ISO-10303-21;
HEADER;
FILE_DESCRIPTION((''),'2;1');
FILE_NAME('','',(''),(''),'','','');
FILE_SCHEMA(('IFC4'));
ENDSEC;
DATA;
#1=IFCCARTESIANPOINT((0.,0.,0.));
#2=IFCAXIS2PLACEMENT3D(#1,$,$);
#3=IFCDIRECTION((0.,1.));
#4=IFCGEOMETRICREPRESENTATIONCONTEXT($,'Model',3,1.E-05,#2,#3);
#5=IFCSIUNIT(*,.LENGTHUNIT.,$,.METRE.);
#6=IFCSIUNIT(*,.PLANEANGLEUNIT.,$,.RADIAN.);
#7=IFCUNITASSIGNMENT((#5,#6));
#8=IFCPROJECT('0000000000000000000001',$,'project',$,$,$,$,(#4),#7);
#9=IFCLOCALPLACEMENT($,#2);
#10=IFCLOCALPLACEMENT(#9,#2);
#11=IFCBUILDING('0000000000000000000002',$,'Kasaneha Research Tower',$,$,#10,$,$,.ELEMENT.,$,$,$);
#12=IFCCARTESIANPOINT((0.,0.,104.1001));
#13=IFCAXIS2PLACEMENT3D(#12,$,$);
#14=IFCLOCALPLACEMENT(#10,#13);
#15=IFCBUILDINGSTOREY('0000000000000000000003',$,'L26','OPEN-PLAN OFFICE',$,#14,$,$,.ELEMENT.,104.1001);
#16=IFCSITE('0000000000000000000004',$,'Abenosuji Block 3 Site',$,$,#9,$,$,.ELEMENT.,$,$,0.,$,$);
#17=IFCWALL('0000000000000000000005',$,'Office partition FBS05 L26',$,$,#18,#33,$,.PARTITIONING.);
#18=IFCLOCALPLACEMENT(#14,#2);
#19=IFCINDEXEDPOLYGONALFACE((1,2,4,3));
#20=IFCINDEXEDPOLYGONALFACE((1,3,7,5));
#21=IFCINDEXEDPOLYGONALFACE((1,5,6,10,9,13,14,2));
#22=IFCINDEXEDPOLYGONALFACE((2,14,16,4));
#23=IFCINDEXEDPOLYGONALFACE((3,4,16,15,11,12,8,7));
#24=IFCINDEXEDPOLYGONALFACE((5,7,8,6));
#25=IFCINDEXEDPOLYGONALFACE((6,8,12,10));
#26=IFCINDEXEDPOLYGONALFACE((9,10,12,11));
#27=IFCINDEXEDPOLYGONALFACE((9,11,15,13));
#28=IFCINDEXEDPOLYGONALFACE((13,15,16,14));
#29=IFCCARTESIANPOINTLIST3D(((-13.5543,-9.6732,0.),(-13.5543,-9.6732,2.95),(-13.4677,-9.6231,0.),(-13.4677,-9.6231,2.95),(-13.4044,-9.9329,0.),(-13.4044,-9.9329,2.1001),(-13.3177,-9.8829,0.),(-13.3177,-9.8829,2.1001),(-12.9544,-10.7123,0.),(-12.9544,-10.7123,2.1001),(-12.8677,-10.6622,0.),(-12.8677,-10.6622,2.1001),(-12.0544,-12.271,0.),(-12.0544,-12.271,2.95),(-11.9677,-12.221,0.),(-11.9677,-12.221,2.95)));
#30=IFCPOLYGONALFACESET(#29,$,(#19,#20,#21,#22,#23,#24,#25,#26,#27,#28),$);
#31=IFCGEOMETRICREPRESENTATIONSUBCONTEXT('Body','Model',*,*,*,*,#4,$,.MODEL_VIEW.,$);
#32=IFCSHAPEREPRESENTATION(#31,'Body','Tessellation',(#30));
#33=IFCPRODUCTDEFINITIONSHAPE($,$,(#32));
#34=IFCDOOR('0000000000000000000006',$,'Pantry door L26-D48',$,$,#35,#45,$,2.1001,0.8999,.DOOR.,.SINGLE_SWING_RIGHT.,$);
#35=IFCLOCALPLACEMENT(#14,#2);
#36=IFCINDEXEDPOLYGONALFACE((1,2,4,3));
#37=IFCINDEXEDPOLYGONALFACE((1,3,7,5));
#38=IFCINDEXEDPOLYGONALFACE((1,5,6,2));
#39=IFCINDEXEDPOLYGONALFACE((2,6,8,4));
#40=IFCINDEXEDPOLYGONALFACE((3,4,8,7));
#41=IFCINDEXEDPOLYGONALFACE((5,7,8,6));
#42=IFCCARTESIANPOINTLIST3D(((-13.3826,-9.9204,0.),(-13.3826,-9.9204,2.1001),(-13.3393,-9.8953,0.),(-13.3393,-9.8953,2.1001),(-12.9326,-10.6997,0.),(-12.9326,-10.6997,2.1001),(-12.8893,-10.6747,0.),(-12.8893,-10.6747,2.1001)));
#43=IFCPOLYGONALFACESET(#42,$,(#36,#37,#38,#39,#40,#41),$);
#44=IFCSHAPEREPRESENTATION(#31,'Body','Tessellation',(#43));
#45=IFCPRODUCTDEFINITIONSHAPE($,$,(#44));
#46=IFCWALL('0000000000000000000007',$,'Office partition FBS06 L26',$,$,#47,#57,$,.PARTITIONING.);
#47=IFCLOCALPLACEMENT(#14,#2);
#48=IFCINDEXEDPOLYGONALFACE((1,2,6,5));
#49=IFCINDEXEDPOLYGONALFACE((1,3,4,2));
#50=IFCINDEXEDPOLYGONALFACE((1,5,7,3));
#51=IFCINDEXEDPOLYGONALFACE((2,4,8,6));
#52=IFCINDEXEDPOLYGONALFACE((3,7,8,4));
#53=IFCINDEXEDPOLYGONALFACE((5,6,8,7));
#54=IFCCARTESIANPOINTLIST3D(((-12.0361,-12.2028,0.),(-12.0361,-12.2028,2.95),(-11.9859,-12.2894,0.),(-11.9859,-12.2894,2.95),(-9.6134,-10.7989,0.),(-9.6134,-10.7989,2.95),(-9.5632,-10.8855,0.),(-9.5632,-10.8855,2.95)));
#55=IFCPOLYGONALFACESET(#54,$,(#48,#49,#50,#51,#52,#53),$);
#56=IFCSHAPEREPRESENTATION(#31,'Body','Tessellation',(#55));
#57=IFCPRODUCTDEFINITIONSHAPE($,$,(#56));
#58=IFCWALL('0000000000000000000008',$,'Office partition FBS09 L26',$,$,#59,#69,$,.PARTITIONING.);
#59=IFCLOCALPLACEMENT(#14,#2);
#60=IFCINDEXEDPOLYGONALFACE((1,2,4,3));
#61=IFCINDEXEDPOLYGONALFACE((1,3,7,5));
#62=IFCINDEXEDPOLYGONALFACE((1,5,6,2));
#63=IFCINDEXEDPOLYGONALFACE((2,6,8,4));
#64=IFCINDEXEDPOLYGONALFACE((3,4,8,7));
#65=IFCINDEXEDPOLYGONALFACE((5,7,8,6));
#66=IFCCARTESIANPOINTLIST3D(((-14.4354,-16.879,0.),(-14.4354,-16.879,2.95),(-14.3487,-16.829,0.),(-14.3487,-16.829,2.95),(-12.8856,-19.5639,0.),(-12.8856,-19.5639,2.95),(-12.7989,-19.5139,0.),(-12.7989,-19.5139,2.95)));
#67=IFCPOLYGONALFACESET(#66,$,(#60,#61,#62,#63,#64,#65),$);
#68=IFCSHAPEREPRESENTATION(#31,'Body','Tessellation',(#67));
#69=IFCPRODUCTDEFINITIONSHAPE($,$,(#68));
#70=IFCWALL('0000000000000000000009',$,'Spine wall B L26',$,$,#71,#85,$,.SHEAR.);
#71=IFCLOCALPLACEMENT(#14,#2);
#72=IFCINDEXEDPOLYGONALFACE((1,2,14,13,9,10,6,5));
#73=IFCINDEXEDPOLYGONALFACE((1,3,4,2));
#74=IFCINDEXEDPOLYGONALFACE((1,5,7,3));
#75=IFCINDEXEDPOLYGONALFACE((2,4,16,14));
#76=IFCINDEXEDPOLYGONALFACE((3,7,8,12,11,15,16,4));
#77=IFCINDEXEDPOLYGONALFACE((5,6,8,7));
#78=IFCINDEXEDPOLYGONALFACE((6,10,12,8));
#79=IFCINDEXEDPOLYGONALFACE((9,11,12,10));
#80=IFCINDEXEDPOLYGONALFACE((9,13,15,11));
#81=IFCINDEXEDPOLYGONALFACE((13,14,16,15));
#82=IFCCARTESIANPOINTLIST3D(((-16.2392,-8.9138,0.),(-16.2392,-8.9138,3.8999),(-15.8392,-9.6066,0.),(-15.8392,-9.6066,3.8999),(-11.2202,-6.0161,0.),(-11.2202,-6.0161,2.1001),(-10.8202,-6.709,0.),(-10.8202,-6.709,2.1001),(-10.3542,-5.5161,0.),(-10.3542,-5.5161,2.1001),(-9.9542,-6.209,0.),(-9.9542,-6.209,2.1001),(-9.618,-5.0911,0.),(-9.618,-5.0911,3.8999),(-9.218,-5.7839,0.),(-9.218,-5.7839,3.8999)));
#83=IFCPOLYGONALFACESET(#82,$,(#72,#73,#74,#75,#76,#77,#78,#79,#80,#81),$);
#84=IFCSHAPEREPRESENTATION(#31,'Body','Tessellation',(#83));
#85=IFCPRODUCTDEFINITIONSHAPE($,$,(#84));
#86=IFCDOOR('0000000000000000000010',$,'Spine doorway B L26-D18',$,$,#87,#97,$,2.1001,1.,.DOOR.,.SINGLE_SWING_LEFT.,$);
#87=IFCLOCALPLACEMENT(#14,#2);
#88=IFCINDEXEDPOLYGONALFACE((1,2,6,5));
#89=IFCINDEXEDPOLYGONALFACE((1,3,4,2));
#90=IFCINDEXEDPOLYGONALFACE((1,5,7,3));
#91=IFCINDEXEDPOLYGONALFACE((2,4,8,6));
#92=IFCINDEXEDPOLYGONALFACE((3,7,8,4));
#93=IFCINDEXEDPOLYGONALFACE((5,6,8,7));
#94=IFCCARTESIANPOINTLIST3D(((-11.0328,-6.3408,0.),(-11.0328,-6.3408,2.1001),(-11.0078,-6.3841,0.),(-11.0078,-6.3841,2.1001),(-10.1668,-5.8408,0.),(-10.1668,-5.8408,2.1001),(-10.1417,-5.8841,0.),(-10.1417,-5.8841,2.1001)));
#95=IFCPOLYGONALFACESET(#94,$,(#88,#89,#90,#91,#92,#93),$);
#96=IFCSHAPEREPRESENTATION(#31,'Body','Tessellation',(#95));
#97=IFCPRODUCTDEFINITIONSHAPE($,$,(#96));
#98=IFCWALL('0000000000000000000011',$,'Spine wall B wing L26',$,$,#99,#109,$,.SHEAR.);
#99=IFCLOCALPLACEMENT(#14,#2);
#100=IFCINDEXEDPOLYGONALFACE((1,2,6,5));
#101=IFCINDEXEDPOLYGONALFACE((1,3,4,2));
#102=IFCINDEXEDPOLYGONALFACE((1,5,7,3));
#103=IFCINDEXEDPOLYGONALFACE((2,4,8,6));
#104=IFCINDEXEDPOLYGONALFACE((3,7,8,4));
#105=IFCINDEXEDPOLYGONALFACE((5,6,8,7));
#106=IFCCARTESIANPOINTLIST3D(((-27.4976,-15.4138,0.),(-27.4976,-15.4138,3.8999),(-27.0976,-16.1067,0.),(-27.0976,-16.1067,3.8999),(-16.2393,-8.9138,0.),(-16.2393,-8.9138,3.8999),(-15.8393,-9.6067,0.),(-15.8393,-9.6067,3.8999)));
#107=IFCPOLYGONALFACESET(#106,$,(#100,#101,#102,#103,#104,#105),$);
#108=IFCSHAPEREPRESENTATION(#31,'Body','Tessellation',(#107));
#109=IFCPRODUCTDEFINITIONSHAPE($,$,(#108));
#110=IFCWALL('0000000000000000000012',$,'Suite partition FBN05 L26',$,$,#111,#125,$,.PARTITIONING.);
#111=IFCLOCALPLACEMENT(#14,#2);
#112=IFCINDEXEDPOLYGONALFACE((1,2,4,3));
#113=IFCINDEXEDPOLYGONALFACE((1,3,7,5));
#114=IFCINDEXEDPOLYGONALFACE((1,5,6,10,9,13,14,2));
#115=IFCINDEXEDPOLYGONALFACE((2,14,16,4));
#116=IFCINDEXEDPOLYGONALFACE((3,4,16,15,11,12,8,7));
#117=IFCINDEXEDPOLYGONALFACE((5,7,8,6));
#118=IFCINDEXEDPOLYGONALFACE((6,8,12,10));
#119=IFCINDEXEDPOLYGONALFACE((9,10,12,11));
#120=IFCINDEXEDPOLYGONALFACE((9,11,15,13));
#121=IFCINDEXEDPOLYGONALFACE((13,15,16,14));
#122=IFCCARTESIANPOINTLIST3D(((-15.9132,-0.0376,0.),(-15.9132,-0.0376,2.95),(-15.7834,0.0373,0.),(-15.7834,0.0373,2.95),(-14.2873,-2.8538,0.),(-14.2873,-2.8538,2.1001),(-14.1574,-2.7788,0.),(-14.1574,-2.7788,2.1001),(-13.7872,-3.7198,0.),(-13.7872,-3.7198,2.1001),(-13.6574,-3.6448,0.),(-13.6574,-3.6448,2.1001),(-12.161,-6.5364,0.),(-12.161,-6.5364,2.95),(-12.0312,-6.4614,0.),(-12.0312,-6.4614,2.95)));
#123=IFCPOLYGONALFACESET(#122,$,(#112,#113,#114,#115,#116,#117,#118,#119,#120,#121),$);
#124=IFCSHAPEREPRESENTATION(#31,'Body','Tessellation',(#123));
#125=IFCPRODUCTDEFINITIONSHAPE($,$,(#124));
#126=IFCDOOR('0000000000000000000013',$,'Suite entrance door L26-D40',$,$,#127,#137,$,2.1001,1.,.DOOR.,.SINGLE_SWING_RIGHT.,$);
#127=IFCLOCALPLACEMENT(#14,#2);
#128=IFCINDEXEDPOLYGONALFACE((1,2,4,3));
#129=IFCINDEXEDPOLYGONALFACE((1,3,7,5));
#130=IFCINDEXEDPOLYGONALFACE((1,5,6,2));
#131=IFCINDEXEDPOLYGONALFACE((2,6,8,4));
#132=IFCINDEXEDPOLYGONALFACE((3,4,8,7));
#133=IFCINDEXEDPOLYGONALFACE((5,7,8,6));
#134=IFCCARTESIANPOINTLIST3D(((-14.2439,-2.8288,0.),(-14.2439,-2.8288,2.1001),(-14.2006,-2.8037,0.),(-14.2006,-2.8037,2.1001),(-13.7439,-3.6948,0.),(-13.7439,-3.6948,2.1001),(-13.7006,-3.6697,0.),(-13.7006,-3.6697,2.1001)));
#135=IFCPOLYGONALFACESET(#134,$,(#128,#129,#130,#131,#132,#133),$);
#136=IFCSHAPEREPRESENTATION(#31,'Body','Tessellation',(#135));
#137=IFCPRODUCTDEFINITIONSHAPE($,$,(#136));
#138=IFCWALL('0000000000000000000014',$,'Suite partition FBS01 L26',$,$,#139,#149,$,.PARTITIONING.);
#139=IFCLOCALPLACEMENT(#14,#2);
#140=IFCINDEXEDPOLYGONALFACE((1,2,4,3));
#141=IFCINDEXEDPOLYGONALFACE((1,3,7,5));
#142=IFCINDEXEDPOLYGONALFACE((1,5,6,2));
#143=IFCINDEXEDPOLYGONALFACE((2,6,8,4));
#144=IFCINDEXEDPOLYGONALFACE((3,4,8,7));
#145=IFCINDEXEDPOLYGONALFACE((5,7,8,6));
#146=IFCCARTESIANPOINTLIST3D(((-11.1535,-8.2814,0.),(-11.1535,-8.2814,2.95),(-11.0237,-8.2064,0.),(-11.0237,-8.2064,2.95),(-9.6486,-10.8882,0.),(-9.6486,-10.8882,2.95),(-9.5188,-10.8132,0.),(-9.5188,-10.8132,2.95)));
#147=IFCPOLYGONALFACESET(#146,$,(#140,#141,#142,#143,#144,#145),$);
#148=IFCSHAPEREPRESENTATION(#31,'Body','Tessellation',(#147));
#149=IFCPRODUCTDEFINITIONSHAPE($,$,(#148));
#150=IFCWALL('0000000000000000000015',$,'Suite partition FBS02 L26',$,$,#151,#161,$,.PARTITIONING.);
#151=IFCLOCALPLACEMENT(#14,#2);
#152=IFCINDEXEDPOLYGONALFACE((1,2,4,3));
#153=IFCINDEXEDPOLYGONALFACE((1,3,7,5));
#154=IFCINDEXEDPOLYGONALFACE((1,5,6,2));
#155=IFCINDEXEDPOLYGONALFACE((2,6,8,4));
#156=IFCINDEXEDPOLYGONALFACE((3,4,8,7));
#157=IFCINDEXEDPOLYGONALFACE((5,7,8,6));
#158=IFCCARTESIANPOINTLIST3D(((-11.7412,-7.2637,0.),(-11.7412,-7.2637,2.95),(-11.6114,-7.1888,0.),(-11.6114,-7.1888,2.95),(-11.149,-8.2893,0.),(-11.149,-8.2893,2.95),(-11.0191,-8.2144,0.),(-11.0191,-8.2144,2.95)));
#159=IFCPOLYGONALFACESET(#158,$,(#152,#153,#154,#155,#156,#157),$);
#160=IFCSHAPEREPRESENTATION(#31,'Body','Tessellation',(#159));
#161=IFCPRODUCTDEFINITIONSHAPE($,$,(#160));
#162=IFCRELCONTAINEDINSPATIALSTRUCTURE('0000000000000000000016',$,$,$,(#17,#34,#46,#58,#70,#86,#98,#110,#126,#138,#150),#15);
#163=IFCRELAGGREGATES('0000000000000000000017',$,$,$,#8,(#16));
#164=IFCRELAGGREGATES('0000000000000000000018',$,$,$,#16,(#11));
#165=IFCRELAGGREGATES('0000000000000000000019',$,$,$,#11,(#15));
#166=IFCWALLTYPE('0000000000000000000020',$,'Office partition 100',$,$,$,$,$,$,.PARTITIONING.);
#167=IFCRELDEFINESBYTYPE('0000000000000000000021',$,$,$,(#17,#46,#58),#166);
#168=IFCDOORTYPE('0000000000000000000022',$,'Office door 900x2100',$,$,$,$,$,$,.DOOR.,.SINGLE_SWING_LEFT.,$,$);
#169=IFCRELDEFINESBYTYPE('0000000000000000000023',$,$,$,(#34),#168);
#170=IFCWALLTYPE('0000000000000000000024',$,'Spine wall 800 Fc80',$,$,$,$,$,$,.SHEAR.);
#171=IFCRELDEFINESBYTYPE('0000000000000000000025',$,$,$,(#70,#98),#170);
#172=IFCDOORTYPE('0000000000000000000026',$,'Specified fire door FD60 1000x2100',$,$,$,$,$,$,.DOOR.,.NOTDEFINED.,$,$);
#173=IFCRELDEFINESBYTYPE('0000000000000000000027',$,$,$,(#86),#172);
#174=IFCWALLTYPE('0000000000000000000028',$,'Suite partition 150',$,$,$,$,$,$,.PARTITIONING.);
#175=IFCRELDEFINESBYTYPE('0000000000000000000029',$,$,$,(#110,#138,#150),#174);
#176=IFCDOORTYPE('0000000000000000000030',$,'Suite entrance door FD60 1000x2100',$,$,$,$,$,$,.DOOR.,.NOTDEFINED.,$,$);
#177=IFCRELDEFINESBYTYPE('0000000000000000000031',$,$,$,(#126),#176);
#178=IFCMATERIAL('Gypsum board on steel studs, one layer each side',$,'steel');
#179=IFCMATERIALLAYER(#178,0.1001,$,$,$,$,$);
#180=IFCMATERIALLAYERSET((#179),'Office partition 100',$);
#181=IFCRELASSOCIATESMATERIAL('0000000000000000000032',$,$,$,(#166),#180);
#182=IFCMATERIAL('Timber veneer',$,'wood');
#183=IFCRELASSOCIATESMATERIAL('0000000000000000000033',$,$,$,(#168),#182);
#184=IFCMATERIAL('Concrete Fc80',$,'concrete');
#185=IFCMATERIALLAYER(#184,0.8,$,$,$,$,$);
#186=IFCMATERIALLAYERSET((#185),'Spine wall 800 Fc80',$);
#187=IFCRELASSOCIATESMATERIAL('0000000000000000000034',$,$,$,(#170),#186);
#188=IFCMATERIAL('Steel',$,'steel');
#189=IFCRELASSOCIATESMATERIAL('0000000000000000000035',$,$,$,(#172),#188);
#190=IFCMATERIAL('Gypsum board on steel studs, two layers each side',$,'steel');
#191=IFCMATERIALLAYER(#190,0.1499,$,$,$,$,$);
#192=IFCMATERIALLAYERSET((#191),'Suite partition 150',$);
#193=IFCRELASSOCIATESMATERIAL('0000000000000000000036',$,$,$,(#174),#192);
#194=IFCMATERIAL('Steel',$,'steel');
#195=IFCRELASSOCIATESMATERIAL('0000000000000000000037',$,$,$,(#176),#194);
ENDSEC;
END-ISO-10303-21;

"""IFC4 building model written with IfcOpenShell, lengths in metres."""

from ifc_helpers import new_model, si_unit, direction, frame, frame_2d, origin, place, context, subcontext, project, spatial, rectangle, extrude, material, layer, layer_set, type_object, element, fill, save


model = new_model("IFC4")

# Units and contexts
model_context = context("Model", 3, precision=1e-05, world=origin(), true_north=direction((0.0, 1.0)))
body_context = subcontext(model_context, "Body", "Model", "MODEL_VIEW")
ifc_project = project(units=[si_unit("LENGTHUNIT", "METRE"), si_unit("PLANEANGLEUNIT", "RADIAN")], contexts=[model_context])

# Site, building, storey
site_placement = place(None, origin())
site = spatial("IfcSite", under=ifc_project, at=site_placement, Name="Abenosuji Block 3 Site", CompositionType="ELEMENT", RefElevation=0.0)
building_placement = place(site_placement, origin())
building = spatial("IfcBuilding", under=site, at=building_placement, Name="Kasaneha Research Tower", CompositionType="ELEMENT")
storey_placement = place(building_placement, frame((0.0, 0.0, 104.1001)))
storey = spatial("IfcBuildingStorey", under=building, at=storey_placement, Name="L26", Description="OPEN-PLAN OFFICE", CompositionType="ELEMENT", Elevation=104.1001)

# Shared definitions
ifc_material_1 = material(Name="Gypsum board on steel studs, one layer each side", Category="steel")
ifc_layer_1 = layer(ifc_material_1, 0.1001)
ifc_layer_set_1 = layer_set([ifc_layer_1], Name="Office partition 100")
wall_type_1 = type_object("IfcWallType", Name="Office partition 100", PredefinedType="PARTITIONING", material=ifc_layer_set_1)

# Wall, opening, door
wall_1_placement = place(storey_placement, frame((-12.011, -12.2461, 0.0), z_axis=(0.0, 0.0, 1.0), x_axis=(-0.500025, 0.866011, 0.0)))
wall_1 = element("IfcWall", 1, at=wall_1_placement, inside=storey, type_object=wall_type_1, Name="Office partition FBS05 L26", PredefinedType="PARTITIONING", context=body_context, shape_type="SweptSolid", body=[
    extrude(rectangle(XDim=2.9998, YDim=0.1001, at=frame_2d((1.5, 0.0))), origin(), (0.0, 0.0, 1.0), 2.95),
])
opening_1_placement = place(wall_1_placement, frame((1.8, 0.0, 0.0)))
opening_1 = element("IfcOpeningElement", 2, at=opening_1_placement, cuts=wall_1, PredefinedType="OPENING", context=body_context, shape_type="SweptSolid", body=[
    extrude(rectangle(XDim=0.8999, YDim=2.1001, at=frame_2d((0.45, 1.05))), frame((0.0, 0.0601, 0.0), z_axis=(0.0, -1.0, 0.0), x_axis=(1.0, 0.0, 0.0)), (0.0, 0.0, 1.0), 0.1201),
])
ifc_material_2 = material(Name="Timber veneer", Category="wood")
door_type_1 = type_object("IfcDoorType", Name="Office door 900x2100", OperationType="SINGLE_SWING_LEFT", PredefinedType="DOOR", material=ifc_material_2)
door_1_placement = place(opening_1_placement, origin())
door_1 = element("IfcDoor", 3, at=door_1_placement, inside=storey, type_object=door_type_1, Name="Pantry door L26-D48", OperationType="SINGLE_SWING_RIGHT", OverallHeight=2.1001, OverallWidth=0.8999, PredefinedType="DOOR", context=body_context, shape_type="SweptSolid", body=[
    extrude(rectangle(XDim=0.8999, YDim=2.1001, at=frame_2d((0.45, 1.05))), frame((0.0, 0.0249, 0.0), z_axis=(0.0, -1.0, 0.0), x_axis=(1.0, 0.0, 0.0)), (0.0, 0.0, 1.0), 0.05),
])
fill(opening_1, door_1)

# Walls
wall_2_placement = place(storey_placement, frame((-9.5884, -10.8423, 0.0), z_axis=(0.0, 0.0, 1.0), x_axis=(-0.865233, -0.50137, 0.0)))
element("IfcWall", 4, at=wall_2_placement, inside=storey, type_object=wall_type_1, Name="Office partition FBS06 L26", PredefinedType="PARTITIONING", context=body_context, shape_type="SweptSolid", body=[
    extrude(rectangle(XDim=2.8, YDim=0.1001, at=frame_2d((1.3999, 0.0))), origin(), (0.0, 0.0, 1.0), 2.95),
])
wall_3_placement = place(storey_placement, frame((-14.3921, -16.854, 0.0), z_axis=(0.0, 0.0, 1.0), x_axis=(0.499934, -0.866064, 0.0)))
element("IfcWall", 5, at=wall_3_placement, inside=storey, type_object=wall_type_1, Name="Office partition FBS09 L26", PredefinedType="PARTITIONING", context=body_context, shape_type="SweptSolid", body=[
    extrude(rectangle(XDim=3.1001, YDim=0.1001, at=frame_2d((1.55, 0.0))), origin(), (0.0, 0.0, 1.0), 2.95),
])

# Wall, opening, door
ifc_material_3 = material(Name="Concrete Fc80", Category="concrete")
ifc_layer_2 = layer(ifc_material_3, 0.8)
ifc_layer_set_2 = layer_set([ifc_layer_2], Name="Spine wall 800 Fc80")
wall_type_2 = type_object("IfcWallType", Name="Spine wall 800 Fc80", PredefinedType="SHEAR", material=ifc_layer_set_2)
wall_4_placement = place(storey_placement, frame((-9.418, -5.4375, 0.0), z_axis=(0.0, 0.0, 1.0), x_axis=(-0.86603, -0.499992, 0.0)))
wall_4 = element("IfcWall", 6, at=wall_4_placement, inside=storey, type_object=wall_type_2, Name="Spine wall B L26", PredefinedType="SHEAR", context=body_context, shape_type="SweptSolid", body=[
    extrude(rectangle(XDim=7.6455, YDim=0.8, at=frame_2d((3.8228, 0.0))), origin(), (0.0, 0.0, 1.0), 3.8999),
])
opening_2_placement = place(wall_4_placement, frame((0.8501, 0.0, 0.0)))
opening_2 = element("IfcOpeningElement", 7, at=opening_2_placement, cuts=wall_4, PredefinedType="OPENING", context=body_context, shape_type="SweptSolid", body=[
    extrude(rectangle(XDim=1.0, YDim=2.1001, at=frame_2d((0.5, 1.05))), frame((0.0, 0.4102, 0.0), z_axis=(0.0, -1.0, 0.0), x_axis=(1.0, 0.0, 0.0)), (0.0, 0.0, 1.0), 0.8201),
])
ifc_material_4 = material(Name="Steel", Category="steel")
door_type_2 = type_object("IfcDoorType", Name="Specified fire door FD60 1000x2100", OperationType="NOTDEFINED", PredefinedType="DOOR", material=ifc_material_4)
door_2_placement = place(opening_2_placement, origin())
door_2 = element("IfcDoor", 8, at=door_2_placement, inside=storey, type_object=door_type_2, Name="Spine doorway B L26-D18", OperationType="SINGLE_SWING_LEFT", OverallHeight=2.1001, OverallWidth=1.0, PredefinedType="DOOR", context=body_context, shape_type="SweptSolid", body=[
    extrude(rectangle(XDim=1.0, YDim=2.1001, at=frame_2d((0.5, 1.05))), frame((0.0, 0.0249, 0.0), z_axis=(0.0, -1.0, 0.0), x_axis=(1.0, 0.0, 0.0)), (0.0, 0.0, 1.0), 0.05),
])
fill(opening_2, door_2)

# Wall
wall_5_placement = place(storey_placement, frame((-16.0393, -9.2603, 0.0), z_axis=(0.0, 0.0, 1.0), x_axis=(-0.866025, -0.500001, 0.0)))
element("IfcWall", 9, at=wall_5_placement, inside=storey, type_object=wall_type_2, Name="Spine wall B wing L26", PredefinedType="SHEAR", context=body_context, shape_type="SweptSolid", body=[
    extrude(rectangle(XDim=13.0, YDim=0.8, at=frame_2d((6.5, 0.0))), origin(), (0.0, 0.0, 1.0), 3.8999),
])

# Wall, opening, door
ifc_material_5 = material(Name="Gypsum board on steel studs, two layers each side", Category="steel")
ifc_layer_3 = layer(ifc_material_5, 0.1499)
ifc_layer_set_3 = layer_set([ifc_layer_3], Name="Suite partition 150")
wall_type_3 = type_object("IfcWallType", Name="Suite partition 150", PredefinedType="PARTITIONING", material=ifc_layer_set_3)
wall_6_placement = place(storey_placement, frame((-12.0962, -6.4988, 0.0), z_axis=(0.0, 0.0, 1.0), x_axis=(-0.500013, 0.866018, 0.0)))
wall_6 = element("IfcWall", 10, at=wall_6_placement, inside=storey, type_object=wall_type_3, Name="Suite partition FBN05 L26", PredefinedType="PARTITIONING", context=body_context, shape_type="SweptSolid", body=[
    extrude(rectangle(XDim=7.5042, YDim=0.1499, at=frame_2d((3.752, 0.0))), origin(), (0.0, 0.0, 1.0), 2.95),
])
opening_3_placement = place(wall_6_placement, frame((3.2522, 0.0, 0.0)))
opening_3 = element("IfcOpeningElement", 11, at=opening_3_placement, cuts=wall_6, PredefinedType="OPENING", context=body_context, shape_type="SweptSolid", body=[
    extrude(rectangle(XDim=1.0, YDim=2.1001, at=frame_2d((0.5, 1.05))), frame((0.0, 0.085, 0.0), z_axis=(0.0, -1.0, 0.0), x_axis=(1.0, 0.0, 0.0)), (0.0, 0.0, 1.0), 0.1699),
])
ifc_material_6 = material(Name="Steel", Category="steel")
door_type_3 = type_object("IfcDoorType", Name="Suite entrance door FD60 1000x2100", OperationType="NOTDEFINED", PredefinedType="DOOR", material=ifc_material_6)
door_3_placement = place(opening_3_placement, origin())
door_3 = element("IfcDoor", 12, at=door_3_placement, inside=storey, type_object=door_type_3, Name="Suite entrance door L26-D40", OperationType="SINGLE_SWING_RIGHT", OverallHeight=2.1001, OverallWidth=1.0, PredefinedType="DOOR", context=body_context, shape_type="SweptSolid", body=[
    extrude(rectangle(XDim=1.0, YDim=2.1001, at=frame_2d((0.5, 1.05))), frame((0.0, 0.0249, 0.0), z_axis=(0.0, -1.0, 0.0), x_axis=(1.0, 0.0, 0.0)), (0.0, 0.0, 1.0), 0.05),
])
fill(opening_3, door_3)

# Walls
wall_7_placement = place(storey_placement, frame((-9.5837, -10.8506, 0.0), z_axis=(0.0, 0.0, 1.0), x_axis=(-0.499978, 0.866038, 0.0)))
element("IfcWall", 13, at=wall_7_placement, inside=storey, type_object=wall_type_3, Name="Suite partition FBS01 L26", PredefinedType="PARTITIONING", context=body_context, shape_type="SweptSolid", body=[
    extrude(rectangle(XDim=3.01, YDim=0.1499, at=frame_2d((1.5049, 0.0))), origin(), (0.0, 0.0, 1.0), 2.95),
])
wall_8_placement = place(storey_placement, frame((-11.084, -8.252, 0.0), z_axis=(0.0, 0.0, 1.0), x_axis=(-0.500085, 0.865976, 0.0)))
element("IfcWall", 14, at=wall_8_placement, inside=storey, type_object=wall_type_3, Name="Suite partition FBS02 L26", PredefinedType="PARTITIONING", context=body_context, shape_type="SweptSolid", body=[
    extrude(rectangle(XDim=1.1843, YDim=0.1499, at=frame_2d((0.5923, 0.0))), origin(), (0.0, 0.0, 1.0), 2.95),
])

save(model, "model.ifc")
